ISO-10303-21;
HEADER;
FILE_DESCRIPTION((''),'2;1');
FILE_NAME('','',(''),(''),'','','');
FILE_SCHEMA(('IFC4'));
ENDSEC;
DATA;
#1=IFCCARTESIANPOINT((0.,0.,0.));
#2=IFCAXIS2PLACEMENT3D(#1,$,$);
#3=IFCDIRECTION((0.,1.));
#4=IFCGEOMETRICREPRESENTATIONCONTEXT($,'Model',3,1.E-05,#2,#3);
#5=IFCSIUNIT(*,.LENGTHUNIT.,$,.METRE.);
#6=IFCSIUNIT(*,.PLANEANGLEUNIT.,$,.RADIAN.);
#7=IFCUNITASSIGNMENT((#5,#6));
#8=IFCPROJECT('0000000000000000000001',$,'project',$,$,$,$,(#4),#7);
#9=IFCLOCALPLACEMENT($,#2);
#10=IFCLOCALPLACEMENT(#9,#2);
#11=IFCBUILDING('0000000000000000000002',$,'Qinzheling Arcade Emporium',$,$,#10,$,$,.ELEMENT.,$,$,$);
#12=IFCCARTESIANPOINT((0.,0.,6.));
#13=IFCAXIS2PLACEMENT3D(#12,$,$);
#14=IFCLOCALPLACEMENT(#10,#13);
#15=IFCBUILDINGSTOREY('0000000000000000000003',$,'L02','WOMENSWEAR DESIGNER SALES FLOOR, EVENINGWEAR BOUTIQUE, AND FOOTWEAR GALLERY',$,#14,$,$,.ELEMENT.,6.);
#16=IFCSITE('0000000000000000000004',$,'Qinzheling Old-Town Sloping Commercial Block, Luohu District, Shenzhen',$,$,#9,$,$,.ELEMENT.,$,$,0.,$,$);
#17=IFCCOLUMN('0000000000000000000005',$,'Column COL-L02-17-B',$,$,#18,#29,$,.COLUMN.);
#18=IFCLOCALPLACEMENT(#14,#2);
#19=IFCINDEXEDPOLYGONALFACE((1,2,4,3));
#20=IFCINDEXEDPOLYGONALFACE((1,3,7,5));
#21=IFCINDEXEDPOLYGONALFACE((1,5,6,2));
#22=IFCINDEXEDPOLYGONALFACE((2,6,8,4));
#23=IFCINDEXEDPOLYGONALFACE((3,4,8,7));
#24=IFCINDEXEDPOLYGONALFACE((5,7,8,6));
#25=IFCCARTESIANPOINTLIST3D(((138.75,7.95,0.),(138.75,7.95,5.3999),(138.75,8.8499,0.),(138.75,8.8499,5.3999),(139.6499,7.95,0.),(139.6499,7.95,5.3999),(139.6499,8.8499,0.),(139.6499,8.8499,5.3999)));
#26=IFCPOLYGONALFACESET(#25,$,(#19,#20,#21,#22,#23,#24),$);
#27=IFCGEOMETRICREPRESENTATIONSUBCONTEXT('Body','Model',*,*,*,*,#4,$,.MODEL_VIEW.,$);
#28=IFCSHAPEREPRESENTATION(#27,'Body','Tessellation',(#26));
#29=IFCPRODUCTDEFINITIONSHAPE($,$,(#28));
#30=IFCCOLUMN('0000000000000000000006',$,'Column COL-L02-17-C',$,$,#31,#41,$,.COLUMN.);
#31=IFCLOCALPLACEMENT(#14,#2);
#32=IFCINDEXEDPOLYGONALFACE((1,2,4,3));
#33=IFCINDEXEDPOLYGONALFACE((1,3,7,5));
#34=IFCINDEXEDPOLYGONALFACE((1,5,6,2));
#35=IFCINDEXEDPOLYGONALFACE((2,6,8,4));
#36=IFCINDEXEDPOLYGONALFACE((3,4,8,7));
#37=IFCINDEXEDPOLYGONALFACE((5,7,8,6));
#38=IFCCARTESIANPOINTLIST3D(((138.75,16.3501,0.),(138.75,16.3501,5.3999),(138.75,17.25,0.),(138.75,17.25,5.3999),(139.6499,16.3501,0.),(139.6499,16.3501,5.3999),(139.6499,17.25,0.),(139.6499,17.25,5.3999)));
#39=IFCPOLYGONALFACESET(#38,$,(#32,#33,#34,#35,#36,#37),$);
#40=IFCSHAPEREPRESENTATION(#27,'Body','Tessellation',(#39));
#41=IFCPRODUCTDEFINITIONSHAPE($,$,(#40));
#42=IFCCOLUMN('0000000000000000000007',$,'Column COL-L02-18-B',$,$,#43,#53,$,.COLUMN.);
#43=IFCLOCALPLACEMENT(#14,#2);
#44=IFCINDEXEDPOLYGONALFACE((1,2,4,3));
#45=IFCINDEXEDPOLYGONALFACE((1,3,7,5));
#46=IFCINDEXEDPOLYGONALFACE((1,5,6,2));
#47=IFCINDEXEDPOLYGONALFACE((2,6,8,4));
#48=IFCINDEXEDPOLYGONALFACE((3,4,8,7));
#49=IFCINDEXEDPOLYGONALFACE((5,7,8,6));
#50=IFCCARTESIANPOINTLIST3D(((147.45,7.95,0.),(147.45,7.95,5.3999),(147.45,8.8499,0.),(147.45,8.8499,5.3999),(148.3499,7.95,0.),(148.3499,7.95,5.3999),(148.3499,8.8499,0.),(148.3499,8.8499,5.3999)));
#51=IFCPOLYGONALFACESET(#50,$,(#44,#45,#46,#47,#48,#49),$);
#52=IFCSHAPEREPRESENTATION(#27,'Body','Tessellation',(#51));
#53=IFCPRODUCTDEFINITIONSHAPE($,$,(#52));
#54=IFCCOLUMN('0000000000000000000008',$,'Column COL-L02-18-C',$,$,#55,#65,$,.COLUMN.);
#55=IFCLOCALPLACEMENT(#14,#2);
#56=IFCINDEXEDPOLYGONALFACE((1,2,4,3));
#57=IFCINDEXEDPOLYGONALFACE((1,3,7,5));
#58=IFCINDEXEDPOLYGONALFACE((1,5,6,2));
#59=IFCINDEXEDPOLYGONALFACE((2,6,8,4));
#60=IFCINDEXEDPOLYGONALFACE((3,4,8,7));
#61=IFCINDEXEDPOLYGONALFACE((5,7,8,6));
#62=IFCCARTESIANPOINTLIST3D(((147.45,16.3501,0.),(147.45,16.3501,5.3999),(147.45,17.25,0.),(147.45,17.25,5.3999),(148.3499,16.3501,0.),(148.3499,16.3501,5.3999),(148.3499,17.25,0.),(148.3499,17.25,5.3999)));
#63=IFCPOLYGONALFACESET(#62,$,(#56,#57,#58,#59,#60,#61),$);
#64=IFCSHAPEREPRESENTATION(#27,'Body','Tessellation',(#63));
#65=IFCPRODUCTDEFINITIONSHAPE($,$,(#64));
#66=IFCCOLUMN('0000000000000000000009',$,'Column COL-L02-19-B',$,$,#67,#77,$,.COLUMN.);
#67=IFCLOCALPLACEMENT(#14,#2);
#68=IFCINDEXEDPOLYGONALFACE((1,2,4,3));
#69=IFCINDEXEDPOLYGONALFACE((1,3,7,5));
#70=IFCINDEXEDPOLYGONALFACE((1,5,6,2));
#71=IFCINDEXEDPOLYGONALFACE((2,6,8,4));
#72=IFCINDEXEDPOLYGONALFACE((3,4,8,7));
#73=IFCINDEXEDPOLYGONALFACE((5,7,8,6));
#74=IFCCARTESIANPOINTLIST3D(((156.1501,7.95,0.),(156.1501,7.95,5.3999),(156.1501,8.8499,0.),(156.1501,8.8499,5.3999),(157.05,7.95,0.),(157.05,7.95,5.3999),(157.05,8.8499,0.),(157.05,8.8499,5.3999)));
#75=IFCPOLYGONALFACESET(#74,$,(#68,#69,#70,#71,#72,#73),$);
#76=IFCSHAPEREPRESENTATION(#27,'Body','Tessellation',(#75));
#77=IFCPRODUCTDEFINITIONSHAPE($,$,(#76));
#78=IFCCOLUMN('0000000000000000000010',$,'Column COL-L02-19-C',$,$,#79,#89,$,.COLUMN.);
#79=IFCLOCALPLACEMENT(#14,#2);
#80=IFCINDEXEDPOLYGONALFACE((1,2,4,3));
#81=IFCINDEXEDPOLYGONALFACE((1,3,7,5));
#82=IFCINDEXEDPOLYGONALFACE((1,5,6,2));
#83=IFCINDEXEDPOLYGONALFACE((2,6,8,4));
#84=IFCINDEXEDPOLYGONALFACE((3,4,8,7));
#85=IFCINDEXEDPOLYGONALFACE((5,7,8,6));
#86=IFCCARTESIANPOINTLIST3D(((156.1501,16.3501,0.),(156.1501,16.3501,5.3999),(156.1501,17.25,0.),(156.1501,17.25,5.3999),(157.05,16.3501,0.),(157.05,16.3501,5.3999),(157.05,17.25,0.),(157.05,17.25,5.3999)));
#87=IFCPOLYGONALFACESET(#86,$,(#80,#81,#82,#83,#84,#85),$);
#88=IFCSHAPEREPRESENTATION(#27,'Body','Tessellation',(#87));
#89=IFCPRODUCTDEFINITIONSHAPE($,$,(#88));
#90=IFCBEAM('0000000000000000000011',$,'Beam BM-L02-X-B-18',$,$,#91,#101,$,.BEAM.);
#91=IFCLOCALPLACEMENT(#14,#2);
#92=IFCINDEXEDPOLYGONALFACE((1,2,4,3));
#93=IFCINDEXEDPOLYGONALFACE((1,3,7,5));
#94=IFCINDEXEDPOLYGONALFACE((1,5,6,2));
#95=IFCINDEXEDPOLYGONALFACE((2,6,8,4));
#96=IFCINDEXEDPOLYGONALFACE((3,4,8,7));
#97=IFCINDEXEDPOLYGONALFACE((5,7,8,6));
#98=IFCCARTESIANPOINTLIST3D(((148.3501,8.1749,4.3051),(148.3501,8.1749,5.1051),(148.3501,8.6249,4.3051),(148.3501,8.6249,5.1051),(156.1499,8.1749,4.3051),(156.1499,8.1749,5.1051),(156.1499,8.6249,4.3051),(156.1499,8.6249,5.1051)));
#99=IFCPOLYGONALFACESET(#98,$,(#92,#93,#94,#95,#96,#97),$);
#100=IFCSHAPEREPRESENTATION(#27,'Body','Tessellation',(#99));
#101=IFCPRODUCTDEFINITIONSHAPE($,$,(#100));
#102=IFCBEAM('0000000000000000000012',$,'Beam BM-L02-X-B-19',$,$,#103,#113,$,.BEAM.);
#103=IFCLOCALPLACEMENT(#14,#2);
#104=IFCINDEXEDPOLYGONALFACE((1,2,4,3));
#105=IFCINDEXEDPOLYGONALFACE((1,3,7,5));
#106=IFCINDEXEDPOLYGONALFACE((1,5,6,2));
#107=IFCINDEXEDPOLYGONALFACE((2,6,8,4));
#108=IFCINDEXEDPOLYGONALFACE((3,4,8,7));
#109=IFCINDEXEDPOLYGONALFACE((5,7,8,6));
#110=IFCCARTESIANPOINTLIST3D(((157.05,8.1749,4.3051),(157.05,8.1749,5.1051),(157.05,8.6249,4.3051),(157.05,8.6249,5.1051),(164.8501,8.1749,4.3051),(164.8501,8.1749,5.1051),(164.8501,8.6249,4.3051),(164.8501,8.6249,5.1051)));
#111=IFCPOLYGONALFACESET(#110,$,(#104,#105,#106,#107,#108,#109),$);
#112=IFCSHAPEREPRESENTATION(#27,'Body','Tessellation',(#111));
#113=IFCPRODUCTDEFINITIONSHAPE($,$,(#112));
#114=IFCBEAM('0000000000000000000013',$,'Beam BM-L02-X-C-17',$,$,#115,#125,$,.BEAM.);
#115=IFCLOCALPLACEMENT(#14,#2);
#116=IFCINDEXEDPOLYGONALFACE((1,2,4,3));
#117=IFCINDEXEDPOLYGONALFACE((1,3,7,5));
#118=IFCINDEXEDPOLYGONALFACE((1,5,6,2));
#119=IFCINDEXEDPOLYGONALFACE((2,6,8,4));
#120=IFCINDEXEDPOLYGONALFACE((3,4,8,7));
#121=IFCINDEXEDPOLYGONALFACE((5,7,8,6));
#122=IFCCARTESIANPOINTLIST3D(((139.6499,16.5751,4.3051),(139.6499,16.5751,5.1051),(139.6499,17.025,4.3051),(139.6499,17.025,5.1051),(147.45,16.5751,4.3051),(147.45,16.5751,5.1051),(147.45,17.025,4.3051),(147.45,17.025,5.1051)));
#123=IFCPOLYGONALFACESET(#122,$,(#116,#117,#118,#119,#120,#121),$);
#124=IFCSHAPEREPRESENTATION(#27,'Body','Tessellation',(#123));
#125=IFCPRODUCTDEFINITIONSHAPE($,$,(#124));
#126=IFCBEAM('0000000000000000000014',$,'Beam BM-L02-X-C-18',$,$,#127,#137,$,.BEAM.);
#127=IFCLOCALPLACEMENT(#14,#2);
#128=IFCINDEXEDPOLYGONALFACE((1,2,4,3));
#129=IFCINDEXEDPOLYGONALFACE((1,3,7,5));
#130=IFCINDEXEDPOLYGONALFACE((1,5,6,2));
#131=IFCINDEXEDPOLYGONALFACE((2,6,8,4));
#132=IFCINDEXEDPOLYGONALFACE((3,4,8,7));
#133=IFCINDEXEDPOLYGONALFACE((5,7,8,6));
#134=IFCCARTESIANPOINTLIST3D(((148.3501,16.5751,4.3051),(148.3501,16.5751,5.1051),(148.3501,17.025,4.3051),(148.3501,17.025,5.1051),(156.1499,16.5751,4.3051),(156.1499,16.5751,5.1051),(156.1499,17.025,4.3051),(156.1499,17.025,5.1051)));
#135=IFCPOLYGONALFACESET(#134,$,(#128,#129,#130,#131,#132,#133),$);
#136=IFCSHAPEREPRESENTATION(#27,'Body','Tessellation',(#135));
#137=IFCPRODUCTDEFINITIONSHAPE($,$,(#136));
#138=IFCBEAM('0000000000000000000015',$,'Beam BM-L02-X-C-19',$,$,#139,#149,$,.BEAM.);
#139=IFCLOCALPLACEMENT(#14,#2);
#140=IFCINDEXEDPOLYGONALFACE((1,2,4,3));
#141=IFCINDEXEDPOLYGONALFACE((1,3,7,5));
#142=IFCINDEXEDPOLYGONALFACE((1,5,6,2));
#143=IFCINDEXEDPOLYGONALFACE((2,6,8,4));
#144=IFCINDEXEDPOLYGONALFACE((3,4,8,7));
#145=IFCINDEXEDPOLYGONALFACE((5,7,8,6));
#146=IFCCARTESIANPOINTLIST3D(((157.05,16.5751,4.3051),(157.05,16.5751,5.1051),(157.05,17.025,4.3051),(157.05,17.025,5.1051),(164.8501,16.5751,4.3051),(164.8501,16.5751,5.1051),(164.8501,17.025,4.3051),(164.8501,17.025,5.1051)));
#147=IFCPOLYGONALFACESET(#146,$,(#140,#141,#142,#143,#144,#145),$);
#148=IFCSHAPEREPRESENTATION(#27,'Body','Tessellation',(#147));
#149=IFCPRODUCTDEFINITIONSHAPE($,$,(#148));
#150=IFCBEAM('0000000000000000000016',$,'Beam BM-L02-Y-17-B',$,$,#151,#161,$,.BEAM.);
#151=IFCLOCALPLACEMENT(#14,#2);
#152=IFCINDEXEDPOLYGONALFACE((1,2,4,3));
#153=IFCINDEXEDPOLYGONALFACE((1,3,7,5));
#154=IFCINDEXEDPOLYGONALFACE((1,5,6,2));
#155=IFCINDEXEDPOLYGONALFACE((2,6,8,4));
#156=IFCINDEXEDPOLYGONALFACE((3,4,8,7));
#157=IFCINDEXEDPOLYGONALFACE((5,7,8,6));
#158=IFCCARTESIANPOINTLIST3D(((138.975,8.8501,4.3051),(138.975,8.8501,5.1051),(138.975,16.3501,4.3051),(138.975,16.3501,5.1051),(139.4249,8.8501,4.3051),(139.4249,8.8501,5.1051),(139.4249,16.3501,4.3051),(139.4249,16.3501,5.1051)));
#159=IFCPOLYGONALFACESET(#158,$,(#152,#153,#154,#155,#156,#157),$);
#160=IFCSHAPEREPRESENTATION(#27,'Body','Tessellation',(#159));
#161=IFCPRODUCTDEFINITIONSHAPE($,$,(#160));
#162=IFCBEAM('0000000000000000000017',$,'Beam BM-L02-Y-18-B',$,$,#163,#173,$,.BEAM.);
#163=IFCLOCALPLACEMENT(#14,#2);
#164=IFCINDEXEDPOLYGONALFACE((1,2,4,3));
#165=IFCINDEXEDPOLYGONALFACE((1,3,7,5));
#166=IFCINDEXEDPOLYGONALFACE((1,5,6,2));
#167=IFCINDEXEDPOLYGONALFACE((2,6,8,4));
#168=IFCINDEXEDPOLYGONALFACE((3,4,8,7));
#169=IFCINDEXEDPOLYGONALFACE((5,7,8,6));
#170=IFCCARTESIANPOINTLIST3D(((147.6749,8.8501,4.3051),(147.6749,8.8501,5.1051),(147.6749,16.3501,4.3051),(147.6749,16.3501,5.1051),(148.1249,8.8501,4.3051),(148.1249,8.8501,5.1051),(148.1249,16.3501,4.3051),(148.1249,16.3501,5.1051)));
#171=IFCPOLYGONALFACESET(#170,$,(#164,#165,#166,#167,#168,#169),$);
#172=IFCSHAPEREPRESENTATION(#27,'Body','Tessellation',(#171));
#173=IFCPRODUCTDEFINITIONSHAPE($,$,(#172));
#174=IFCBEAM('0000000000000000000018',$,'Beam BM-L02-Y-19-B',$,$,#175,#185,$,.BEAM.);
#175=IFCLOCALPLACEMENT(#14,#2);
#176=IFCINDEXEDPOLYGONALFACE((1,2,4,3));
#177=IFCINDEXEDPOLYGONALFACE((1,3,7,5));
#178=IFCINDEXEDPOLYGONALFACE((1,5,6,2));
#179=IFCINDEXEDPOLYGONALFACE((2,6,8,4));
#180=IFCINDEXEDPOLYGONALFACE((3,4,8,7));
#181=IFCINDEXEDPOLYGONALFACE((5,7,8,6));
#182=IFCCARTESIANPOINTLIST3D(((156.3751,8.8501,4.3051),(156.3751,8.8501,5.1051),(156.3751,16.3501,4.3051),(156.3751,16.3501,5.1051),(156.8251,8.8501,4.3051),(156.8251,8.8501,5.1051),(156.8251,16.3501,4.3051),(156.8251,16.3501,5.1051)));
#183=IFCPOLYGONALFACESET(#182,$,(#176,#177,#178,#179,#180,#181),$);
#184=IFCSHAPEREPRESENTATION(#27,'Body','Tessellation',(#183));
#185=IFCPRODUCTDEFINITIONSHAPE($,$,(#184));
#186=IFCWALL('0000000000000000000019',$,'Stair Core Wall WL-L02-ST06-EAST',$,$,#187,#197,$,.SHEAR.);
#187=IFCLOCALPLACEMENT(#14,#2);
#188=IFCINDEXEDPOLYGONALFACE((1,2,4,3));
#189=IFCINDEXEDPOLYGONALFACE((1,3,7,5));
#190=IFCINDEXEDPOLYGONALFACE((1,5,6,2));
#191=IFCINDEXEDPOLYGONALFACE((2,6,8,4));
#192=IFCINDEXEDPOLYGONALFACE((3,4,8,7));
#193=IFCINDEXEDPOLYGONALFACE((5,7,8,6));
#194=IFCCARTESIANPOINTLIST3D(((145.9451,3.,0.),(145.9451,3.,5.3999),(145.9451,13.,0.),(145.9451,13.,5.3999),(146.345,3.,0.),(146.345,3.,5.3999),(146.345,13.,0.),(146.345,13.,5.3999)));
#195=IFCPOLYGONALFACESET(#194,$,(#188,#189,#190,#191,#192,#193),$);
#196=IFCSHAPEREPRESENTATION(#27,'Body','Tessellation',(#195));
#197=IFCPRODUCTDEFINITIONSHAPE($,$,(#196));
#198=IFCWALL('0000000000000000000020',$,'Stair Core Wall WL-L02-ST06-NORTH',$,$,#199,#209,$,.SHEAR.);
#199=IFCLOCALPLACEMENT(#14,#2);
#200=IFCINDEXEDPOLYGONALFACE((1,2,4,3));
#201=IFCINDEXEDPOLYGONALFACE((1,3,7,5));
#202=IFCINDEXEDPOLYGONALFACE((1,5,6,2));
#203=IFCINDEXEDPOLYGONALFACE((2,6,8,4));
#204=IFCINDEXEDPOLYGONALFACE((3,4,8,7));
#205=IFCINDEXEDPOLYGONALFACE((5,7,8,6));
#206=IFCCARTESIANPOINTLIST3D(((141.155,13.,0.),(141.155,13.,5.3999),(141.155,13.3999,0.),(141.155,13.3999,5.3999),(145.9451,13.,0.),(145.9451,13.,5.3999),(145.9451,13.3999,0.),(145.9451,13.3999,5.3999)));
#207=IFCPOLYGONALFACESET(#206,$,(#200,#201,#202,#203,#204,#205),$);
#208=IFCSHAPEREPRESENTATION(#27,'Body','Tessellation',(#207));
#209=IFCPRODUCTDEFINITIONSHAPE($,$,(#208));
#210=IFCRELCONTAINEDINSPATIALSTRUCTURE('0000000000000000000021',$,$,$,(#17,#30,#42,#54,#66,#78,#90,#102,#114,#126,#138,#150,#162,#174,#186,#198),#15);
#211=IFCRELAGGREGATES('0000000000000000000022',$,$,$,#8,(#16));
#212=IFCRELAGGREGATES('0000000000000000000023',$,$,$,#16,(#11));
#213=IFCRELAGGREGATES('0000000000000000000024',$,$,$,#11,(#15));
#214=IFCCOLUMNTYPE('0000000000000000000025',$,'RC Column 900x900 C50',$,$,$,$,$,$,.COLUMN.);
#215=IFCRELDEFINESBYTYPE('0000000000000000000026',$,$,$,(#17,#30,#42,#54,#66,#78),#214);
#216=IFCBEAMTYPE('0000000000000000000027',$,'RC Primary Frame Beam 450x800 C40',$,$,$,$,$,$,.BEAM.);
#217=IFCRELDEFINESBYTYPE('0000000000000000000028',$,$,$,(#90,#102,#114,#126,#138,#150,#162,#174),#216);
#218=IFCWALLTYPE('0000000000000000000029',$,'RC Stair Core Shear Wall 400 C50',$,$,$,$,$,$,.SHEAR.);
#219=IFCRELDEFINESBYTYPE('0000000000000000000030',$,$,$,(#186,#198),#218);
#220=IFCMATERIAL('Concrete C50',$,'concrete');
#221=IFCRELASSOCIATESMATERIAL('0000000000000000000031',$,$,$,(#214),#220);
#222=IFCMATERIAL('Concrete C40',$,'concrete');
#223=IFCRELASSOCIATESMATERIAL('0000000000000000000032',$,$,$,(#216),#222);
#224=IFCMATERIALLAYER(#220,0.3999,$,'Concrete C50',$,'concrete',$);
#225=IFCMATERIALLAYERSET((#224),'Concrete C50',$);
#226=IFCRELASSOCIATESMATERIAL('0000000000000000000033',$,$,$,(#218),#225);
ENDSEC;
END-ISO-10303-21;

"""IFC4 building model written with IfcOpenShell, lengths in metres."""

from ifc_helpers import new_model, si_unit, direction, frame, frame_2d, origin, origin_2d, place, context, subcontext, project, spatial, rectangle, extrude, material, layer, layer_set, material_profile, profile_set, type_object, element, save


model = new_model("IFC4")

# Units and contexts
model_context = context("Model", 3, precision=1e-05, world=origin(), true_north=direction((0.0, 1.0)))
body_context = subcontext(model_context, "Body", "Model", "MODEL_VIEW")
ifc_project = project(units=[si_unit("LENGTHUNIT", "METRE"), si_unit("PLANEANGLEUNIT", "RADIAN")], contexts=[model_context])

# Site, building, storey
site_placement = place(None, origin())
site = spatial("IfcSite", under=ifc_project, at=site_placement, Name="Qinzheling Old-Town Sloping Commercial Block, Luohu District, Shenzhen", CompositionType="ELEMENT", RefElevation=0.0)
building_placement = place(site_placement, origin())
building = spatial("IfcBuilding", under=site, at=building_placement, Name="Qinzheling Arcade Emporium", CompositionType="ELEMENT")
storey_placement = place(building_placement, frame((0.0, 0.0, 6.0)))
storey = spatial("IfcBuildingStorey", under=building, at=storey_placement, Name="L02", Description="WOMENSWEAR DESIGNER SALES FLOOR, EVENINGWEAR BOUTIQUE, AND FOOTWEAR GALLERY", CompositionType="ELEMENT", Elevation=6.0)

# Columns
ifc_material_1 = material(Name="Concrete C50", Category="concrete")
ifc_material_profile_1 = material_profile(ifc_material_1, rectangle(XDim=0.8999, YDim=0.8999, at=origin_2d()), Name="RC 900x900", Category="concrete")
ifc_profile_set_1 = profile_set([ifc_material_profile_1], Name="Concrete C50")
column_type = type_object("IfcColumnType", Name="RC Column 900x900 C50", PredefinedType="COLUMN", material=ifc_profile_set_1)
for number, where, z_axis, x_axis, name in (
    (1, (139.2, 8.3999, 0.0), (0.0, 0.0, 1.0), (1.0, 0.0, 0.0), "Column COL-L02-17-B"),
    (2, (139.2, 16.8, 0.0), (0.0, 0.0, 1.0), (1.0, 0.0, 0.0), "Column COL-L02-17-C"),
    (3, (147.8999, 8.3999, 0.0), (0.0, 0.0, 1.0), (1.0, 0.0, 0.0), "Column COL-L02-18-B"),
    (4, (147.8999, 16.8, 0.0), (0.0, 0.0, 1.0), (1.0, 0.0, 0.0), "Column COL-L02-18-C"),
    (5, (156.6001, 8.3999, 0.0), (0.0, 0.0, 1.0), (1.0, 0.0, 0.0), "Column COL-L02-19-B"),
    (6, (156.6001, 16.8, 0.0), (0.0, 0.0, 1.0), (1.0, 0.0, 0.0), "Column COL-L02-19-C"),
):
    element("IfcColumn", number, at=place(storey_placement, frame(where, z_axis=z_axis, x_axis=x_axis)), inside=storey, type_object=column_type, Name=name, PredefinedType="COLUMN", context=body_context, shape_type="SweptSolid", body=[
        extrude(rectangle(XDim=0.8999, YDim=0.8999, at=origin_2d()), origin(), (0.0, 0.0, 1.0), 5.3999),
    ])

# Beams
ifc_material_2 = material(Name="Concrete C40", Category="concrete")
ifc_material_profile_2 = material_profile(ifc_material_2, rectangle(XDim=0.45, YDim=0.8, at=origin_2d()), Name="RC 450x800", Category="concrete")
ifc_profile_set_2 = profile_set([ifc_material_profile_2], Name="Concrete C40")
beam_type = type_object("IfcBeamType", Name="RC Primary Frame Beam 450x800 C40", PredefinedType="BEAM", material=ifc_profile_set_2)
beam_1_placement = place(storey_placement, frame((148.3501, 8.3999, 4.7051), z_axis=(1.0, 0.0, 0.0), x_axis=(0.0, 1.0, 0.0)))
element("IfcBeam", 7, at=beam_1_placement, inside=storey, type_object=beam_type, Name="Beam BM-L02-X-B-18", PredefinedType="BEAM", context=body_context, shape_type="SweptSolid", body=[
    extrude(rectangle(XDim=0.45, YDim=0.8, at=origin_2d()), origin(), (0.0, 0.0, 1.0), 7.7998),
])
for number, where, z_axis, x_axis, name in (
    (8, (157.05, 8.3999, 4.7051), (1.0, 0.0, 0.0), (0.0, 1.0, 0.0), "Beam BM-L02-X-B-19"),
    (9, (139.6499, 16.8, 4.7051), (1.0, 0.0, 0.0), (0.0, 1.0, 0.0), "Beam BM-L02-X-C-17"),
):
    element("IfcBeam", number, at=place(storey_placement, frame(where, z_axis=z_axis, x_axis=x_axis)), inside=storey, type_object=beam_type, Name=name, PredefinedType="BEAM", context=body_context, shape_type="SweptSolid", body=[
        extrude(rectangle(XDim=0.45, YDim=0.8, at=origin_2d()), origin(), (0.0, 0.0, 1.0), 7.8),
    ])
beam_2_placement = place(storey_placement, frame((148.3501, 16.8, 4.7051), z_axis=(1.0, 0.0, 0.0), x_axis=(0.0, 1.0, 0.0)))
element("IfcBeam", 10, at=beam_2_placement, inside=storey, type_object=beam_type, Name="Beam BM-L02-X-C-18", PredefinedType="BEAM", context=body_context, shape_type="SweptSolid", body=[
    extrude(rectangle(XDim=0.45, YDim=0.8, at=origin_2d()), origin(), (0.0, 0.0, 1.0), 7.7998),
])
beam_3_placement = place(storey_placement, frame((157.05, 16.8, 4.7051), z_axis=(1.0, 0.0, 0.0), x_axis=(0.0, 1.0, 0.0)))
element("IfcBeam", 11, at=beam_3_placement, inside=storey, type_object=beam_type, Name="Beam BM-L02-X-C-19", PredefinedType="BEAM", context=body_context, shape_type="SweptSolid", body=[
    extrude(rectangle(XDim=0.45, YDim=0.8, at=origin_2d()), origin(), (0.0, 0.0, 1.0), 7.8),
])
for number, where, z_axis, x_axis, name in (
    (12, (139.2, 8.8501, 4.7051), (0.0, 1.0, 0.0), (-1.0, 0.0, 0.0), "Beam BM-L02-Y-17-B"),
    (13, (147.8999, 8.8501, 4.7051), (0.0, 1.0, 0.0), (-1.0, 0.0, 0.0), "Beam BM-L02-Y-18-B"),
    (14, (156.6001, 8.8501, 4.7051), (0.0, 1.0, 0.0), (-1.0, 0.0, 0.0), "Beam BM-L02-Y-19-B"),
):
    element("IfcBeam", number, at=place(storey_placement, frame(where, z_axis=z_axis, x_axis=x_axis)), inside=storey, type_object=beam_type, Name=name, PredefinedType="BEAM", context=body_context, shape_type="SweptSolid", body=[
        extrude(rectangle(XDim=0.45, YDim=0.8, at=origin_2d()), origin(), (0.0, 0.0, 1.0), 7.5),
    ])

# Walls
ifc_layer = layer(ifc_material_1, 0.3999, Name="Concrete C50", Category="concrete")
ifc_layer_set = layer_set([ifc_layer], Name="Concrete C50")
wall_type = type_object("IfcWallType", Name="RC Stair Core Shear Wall 400 C50", PredefinedType="SHEAR", material=ifc_layer_set)
wall_1_placement = place(storey_placement, frame((146.145, 13.0, 0.0), z_axis=(0.0, 0.0, 1.0), x_axis=(0.0, -1.0, 0.0)))
element("IfcWall", 15, at=wall_1_placement, inside=storey, type_object=wall_type, Name="Stair Core Wall WL-L02-ST06-EAST", PredefinedType="SHEAR", context=body_context, shape_type="SweptSolid", body=[
    extrude(rectangle(XDim=10.0, YDim=0.3999, at=frame_2d((5.0, 0.0))), origin(), (0.0, 0.0, 1.0), 5.3999),
])
wall_2_placement = place(storey_placement, frame((141.155, 13.2, 0.0), z_axis=(0.0, 0.0, 1.0), x_axis=(1.0, 0.0, 0.0)))
element("IfcWall", 16, at=wall_2_placement, inside=storey, type_object=wall_type, Name="Stair Core Wall WL-L02-ST06-NORTH", PredefinedType="SHEAR", context=body_context, shape_type="SweptSolid", body=[
    extrude(rectangle(XDim=4.79, YDim=0.3999, at=frame_2d((2.395, 0.0))), origin(), (0.0, 0.0, 1.0), 5.3999),
])

save(model, "model.ifc")
